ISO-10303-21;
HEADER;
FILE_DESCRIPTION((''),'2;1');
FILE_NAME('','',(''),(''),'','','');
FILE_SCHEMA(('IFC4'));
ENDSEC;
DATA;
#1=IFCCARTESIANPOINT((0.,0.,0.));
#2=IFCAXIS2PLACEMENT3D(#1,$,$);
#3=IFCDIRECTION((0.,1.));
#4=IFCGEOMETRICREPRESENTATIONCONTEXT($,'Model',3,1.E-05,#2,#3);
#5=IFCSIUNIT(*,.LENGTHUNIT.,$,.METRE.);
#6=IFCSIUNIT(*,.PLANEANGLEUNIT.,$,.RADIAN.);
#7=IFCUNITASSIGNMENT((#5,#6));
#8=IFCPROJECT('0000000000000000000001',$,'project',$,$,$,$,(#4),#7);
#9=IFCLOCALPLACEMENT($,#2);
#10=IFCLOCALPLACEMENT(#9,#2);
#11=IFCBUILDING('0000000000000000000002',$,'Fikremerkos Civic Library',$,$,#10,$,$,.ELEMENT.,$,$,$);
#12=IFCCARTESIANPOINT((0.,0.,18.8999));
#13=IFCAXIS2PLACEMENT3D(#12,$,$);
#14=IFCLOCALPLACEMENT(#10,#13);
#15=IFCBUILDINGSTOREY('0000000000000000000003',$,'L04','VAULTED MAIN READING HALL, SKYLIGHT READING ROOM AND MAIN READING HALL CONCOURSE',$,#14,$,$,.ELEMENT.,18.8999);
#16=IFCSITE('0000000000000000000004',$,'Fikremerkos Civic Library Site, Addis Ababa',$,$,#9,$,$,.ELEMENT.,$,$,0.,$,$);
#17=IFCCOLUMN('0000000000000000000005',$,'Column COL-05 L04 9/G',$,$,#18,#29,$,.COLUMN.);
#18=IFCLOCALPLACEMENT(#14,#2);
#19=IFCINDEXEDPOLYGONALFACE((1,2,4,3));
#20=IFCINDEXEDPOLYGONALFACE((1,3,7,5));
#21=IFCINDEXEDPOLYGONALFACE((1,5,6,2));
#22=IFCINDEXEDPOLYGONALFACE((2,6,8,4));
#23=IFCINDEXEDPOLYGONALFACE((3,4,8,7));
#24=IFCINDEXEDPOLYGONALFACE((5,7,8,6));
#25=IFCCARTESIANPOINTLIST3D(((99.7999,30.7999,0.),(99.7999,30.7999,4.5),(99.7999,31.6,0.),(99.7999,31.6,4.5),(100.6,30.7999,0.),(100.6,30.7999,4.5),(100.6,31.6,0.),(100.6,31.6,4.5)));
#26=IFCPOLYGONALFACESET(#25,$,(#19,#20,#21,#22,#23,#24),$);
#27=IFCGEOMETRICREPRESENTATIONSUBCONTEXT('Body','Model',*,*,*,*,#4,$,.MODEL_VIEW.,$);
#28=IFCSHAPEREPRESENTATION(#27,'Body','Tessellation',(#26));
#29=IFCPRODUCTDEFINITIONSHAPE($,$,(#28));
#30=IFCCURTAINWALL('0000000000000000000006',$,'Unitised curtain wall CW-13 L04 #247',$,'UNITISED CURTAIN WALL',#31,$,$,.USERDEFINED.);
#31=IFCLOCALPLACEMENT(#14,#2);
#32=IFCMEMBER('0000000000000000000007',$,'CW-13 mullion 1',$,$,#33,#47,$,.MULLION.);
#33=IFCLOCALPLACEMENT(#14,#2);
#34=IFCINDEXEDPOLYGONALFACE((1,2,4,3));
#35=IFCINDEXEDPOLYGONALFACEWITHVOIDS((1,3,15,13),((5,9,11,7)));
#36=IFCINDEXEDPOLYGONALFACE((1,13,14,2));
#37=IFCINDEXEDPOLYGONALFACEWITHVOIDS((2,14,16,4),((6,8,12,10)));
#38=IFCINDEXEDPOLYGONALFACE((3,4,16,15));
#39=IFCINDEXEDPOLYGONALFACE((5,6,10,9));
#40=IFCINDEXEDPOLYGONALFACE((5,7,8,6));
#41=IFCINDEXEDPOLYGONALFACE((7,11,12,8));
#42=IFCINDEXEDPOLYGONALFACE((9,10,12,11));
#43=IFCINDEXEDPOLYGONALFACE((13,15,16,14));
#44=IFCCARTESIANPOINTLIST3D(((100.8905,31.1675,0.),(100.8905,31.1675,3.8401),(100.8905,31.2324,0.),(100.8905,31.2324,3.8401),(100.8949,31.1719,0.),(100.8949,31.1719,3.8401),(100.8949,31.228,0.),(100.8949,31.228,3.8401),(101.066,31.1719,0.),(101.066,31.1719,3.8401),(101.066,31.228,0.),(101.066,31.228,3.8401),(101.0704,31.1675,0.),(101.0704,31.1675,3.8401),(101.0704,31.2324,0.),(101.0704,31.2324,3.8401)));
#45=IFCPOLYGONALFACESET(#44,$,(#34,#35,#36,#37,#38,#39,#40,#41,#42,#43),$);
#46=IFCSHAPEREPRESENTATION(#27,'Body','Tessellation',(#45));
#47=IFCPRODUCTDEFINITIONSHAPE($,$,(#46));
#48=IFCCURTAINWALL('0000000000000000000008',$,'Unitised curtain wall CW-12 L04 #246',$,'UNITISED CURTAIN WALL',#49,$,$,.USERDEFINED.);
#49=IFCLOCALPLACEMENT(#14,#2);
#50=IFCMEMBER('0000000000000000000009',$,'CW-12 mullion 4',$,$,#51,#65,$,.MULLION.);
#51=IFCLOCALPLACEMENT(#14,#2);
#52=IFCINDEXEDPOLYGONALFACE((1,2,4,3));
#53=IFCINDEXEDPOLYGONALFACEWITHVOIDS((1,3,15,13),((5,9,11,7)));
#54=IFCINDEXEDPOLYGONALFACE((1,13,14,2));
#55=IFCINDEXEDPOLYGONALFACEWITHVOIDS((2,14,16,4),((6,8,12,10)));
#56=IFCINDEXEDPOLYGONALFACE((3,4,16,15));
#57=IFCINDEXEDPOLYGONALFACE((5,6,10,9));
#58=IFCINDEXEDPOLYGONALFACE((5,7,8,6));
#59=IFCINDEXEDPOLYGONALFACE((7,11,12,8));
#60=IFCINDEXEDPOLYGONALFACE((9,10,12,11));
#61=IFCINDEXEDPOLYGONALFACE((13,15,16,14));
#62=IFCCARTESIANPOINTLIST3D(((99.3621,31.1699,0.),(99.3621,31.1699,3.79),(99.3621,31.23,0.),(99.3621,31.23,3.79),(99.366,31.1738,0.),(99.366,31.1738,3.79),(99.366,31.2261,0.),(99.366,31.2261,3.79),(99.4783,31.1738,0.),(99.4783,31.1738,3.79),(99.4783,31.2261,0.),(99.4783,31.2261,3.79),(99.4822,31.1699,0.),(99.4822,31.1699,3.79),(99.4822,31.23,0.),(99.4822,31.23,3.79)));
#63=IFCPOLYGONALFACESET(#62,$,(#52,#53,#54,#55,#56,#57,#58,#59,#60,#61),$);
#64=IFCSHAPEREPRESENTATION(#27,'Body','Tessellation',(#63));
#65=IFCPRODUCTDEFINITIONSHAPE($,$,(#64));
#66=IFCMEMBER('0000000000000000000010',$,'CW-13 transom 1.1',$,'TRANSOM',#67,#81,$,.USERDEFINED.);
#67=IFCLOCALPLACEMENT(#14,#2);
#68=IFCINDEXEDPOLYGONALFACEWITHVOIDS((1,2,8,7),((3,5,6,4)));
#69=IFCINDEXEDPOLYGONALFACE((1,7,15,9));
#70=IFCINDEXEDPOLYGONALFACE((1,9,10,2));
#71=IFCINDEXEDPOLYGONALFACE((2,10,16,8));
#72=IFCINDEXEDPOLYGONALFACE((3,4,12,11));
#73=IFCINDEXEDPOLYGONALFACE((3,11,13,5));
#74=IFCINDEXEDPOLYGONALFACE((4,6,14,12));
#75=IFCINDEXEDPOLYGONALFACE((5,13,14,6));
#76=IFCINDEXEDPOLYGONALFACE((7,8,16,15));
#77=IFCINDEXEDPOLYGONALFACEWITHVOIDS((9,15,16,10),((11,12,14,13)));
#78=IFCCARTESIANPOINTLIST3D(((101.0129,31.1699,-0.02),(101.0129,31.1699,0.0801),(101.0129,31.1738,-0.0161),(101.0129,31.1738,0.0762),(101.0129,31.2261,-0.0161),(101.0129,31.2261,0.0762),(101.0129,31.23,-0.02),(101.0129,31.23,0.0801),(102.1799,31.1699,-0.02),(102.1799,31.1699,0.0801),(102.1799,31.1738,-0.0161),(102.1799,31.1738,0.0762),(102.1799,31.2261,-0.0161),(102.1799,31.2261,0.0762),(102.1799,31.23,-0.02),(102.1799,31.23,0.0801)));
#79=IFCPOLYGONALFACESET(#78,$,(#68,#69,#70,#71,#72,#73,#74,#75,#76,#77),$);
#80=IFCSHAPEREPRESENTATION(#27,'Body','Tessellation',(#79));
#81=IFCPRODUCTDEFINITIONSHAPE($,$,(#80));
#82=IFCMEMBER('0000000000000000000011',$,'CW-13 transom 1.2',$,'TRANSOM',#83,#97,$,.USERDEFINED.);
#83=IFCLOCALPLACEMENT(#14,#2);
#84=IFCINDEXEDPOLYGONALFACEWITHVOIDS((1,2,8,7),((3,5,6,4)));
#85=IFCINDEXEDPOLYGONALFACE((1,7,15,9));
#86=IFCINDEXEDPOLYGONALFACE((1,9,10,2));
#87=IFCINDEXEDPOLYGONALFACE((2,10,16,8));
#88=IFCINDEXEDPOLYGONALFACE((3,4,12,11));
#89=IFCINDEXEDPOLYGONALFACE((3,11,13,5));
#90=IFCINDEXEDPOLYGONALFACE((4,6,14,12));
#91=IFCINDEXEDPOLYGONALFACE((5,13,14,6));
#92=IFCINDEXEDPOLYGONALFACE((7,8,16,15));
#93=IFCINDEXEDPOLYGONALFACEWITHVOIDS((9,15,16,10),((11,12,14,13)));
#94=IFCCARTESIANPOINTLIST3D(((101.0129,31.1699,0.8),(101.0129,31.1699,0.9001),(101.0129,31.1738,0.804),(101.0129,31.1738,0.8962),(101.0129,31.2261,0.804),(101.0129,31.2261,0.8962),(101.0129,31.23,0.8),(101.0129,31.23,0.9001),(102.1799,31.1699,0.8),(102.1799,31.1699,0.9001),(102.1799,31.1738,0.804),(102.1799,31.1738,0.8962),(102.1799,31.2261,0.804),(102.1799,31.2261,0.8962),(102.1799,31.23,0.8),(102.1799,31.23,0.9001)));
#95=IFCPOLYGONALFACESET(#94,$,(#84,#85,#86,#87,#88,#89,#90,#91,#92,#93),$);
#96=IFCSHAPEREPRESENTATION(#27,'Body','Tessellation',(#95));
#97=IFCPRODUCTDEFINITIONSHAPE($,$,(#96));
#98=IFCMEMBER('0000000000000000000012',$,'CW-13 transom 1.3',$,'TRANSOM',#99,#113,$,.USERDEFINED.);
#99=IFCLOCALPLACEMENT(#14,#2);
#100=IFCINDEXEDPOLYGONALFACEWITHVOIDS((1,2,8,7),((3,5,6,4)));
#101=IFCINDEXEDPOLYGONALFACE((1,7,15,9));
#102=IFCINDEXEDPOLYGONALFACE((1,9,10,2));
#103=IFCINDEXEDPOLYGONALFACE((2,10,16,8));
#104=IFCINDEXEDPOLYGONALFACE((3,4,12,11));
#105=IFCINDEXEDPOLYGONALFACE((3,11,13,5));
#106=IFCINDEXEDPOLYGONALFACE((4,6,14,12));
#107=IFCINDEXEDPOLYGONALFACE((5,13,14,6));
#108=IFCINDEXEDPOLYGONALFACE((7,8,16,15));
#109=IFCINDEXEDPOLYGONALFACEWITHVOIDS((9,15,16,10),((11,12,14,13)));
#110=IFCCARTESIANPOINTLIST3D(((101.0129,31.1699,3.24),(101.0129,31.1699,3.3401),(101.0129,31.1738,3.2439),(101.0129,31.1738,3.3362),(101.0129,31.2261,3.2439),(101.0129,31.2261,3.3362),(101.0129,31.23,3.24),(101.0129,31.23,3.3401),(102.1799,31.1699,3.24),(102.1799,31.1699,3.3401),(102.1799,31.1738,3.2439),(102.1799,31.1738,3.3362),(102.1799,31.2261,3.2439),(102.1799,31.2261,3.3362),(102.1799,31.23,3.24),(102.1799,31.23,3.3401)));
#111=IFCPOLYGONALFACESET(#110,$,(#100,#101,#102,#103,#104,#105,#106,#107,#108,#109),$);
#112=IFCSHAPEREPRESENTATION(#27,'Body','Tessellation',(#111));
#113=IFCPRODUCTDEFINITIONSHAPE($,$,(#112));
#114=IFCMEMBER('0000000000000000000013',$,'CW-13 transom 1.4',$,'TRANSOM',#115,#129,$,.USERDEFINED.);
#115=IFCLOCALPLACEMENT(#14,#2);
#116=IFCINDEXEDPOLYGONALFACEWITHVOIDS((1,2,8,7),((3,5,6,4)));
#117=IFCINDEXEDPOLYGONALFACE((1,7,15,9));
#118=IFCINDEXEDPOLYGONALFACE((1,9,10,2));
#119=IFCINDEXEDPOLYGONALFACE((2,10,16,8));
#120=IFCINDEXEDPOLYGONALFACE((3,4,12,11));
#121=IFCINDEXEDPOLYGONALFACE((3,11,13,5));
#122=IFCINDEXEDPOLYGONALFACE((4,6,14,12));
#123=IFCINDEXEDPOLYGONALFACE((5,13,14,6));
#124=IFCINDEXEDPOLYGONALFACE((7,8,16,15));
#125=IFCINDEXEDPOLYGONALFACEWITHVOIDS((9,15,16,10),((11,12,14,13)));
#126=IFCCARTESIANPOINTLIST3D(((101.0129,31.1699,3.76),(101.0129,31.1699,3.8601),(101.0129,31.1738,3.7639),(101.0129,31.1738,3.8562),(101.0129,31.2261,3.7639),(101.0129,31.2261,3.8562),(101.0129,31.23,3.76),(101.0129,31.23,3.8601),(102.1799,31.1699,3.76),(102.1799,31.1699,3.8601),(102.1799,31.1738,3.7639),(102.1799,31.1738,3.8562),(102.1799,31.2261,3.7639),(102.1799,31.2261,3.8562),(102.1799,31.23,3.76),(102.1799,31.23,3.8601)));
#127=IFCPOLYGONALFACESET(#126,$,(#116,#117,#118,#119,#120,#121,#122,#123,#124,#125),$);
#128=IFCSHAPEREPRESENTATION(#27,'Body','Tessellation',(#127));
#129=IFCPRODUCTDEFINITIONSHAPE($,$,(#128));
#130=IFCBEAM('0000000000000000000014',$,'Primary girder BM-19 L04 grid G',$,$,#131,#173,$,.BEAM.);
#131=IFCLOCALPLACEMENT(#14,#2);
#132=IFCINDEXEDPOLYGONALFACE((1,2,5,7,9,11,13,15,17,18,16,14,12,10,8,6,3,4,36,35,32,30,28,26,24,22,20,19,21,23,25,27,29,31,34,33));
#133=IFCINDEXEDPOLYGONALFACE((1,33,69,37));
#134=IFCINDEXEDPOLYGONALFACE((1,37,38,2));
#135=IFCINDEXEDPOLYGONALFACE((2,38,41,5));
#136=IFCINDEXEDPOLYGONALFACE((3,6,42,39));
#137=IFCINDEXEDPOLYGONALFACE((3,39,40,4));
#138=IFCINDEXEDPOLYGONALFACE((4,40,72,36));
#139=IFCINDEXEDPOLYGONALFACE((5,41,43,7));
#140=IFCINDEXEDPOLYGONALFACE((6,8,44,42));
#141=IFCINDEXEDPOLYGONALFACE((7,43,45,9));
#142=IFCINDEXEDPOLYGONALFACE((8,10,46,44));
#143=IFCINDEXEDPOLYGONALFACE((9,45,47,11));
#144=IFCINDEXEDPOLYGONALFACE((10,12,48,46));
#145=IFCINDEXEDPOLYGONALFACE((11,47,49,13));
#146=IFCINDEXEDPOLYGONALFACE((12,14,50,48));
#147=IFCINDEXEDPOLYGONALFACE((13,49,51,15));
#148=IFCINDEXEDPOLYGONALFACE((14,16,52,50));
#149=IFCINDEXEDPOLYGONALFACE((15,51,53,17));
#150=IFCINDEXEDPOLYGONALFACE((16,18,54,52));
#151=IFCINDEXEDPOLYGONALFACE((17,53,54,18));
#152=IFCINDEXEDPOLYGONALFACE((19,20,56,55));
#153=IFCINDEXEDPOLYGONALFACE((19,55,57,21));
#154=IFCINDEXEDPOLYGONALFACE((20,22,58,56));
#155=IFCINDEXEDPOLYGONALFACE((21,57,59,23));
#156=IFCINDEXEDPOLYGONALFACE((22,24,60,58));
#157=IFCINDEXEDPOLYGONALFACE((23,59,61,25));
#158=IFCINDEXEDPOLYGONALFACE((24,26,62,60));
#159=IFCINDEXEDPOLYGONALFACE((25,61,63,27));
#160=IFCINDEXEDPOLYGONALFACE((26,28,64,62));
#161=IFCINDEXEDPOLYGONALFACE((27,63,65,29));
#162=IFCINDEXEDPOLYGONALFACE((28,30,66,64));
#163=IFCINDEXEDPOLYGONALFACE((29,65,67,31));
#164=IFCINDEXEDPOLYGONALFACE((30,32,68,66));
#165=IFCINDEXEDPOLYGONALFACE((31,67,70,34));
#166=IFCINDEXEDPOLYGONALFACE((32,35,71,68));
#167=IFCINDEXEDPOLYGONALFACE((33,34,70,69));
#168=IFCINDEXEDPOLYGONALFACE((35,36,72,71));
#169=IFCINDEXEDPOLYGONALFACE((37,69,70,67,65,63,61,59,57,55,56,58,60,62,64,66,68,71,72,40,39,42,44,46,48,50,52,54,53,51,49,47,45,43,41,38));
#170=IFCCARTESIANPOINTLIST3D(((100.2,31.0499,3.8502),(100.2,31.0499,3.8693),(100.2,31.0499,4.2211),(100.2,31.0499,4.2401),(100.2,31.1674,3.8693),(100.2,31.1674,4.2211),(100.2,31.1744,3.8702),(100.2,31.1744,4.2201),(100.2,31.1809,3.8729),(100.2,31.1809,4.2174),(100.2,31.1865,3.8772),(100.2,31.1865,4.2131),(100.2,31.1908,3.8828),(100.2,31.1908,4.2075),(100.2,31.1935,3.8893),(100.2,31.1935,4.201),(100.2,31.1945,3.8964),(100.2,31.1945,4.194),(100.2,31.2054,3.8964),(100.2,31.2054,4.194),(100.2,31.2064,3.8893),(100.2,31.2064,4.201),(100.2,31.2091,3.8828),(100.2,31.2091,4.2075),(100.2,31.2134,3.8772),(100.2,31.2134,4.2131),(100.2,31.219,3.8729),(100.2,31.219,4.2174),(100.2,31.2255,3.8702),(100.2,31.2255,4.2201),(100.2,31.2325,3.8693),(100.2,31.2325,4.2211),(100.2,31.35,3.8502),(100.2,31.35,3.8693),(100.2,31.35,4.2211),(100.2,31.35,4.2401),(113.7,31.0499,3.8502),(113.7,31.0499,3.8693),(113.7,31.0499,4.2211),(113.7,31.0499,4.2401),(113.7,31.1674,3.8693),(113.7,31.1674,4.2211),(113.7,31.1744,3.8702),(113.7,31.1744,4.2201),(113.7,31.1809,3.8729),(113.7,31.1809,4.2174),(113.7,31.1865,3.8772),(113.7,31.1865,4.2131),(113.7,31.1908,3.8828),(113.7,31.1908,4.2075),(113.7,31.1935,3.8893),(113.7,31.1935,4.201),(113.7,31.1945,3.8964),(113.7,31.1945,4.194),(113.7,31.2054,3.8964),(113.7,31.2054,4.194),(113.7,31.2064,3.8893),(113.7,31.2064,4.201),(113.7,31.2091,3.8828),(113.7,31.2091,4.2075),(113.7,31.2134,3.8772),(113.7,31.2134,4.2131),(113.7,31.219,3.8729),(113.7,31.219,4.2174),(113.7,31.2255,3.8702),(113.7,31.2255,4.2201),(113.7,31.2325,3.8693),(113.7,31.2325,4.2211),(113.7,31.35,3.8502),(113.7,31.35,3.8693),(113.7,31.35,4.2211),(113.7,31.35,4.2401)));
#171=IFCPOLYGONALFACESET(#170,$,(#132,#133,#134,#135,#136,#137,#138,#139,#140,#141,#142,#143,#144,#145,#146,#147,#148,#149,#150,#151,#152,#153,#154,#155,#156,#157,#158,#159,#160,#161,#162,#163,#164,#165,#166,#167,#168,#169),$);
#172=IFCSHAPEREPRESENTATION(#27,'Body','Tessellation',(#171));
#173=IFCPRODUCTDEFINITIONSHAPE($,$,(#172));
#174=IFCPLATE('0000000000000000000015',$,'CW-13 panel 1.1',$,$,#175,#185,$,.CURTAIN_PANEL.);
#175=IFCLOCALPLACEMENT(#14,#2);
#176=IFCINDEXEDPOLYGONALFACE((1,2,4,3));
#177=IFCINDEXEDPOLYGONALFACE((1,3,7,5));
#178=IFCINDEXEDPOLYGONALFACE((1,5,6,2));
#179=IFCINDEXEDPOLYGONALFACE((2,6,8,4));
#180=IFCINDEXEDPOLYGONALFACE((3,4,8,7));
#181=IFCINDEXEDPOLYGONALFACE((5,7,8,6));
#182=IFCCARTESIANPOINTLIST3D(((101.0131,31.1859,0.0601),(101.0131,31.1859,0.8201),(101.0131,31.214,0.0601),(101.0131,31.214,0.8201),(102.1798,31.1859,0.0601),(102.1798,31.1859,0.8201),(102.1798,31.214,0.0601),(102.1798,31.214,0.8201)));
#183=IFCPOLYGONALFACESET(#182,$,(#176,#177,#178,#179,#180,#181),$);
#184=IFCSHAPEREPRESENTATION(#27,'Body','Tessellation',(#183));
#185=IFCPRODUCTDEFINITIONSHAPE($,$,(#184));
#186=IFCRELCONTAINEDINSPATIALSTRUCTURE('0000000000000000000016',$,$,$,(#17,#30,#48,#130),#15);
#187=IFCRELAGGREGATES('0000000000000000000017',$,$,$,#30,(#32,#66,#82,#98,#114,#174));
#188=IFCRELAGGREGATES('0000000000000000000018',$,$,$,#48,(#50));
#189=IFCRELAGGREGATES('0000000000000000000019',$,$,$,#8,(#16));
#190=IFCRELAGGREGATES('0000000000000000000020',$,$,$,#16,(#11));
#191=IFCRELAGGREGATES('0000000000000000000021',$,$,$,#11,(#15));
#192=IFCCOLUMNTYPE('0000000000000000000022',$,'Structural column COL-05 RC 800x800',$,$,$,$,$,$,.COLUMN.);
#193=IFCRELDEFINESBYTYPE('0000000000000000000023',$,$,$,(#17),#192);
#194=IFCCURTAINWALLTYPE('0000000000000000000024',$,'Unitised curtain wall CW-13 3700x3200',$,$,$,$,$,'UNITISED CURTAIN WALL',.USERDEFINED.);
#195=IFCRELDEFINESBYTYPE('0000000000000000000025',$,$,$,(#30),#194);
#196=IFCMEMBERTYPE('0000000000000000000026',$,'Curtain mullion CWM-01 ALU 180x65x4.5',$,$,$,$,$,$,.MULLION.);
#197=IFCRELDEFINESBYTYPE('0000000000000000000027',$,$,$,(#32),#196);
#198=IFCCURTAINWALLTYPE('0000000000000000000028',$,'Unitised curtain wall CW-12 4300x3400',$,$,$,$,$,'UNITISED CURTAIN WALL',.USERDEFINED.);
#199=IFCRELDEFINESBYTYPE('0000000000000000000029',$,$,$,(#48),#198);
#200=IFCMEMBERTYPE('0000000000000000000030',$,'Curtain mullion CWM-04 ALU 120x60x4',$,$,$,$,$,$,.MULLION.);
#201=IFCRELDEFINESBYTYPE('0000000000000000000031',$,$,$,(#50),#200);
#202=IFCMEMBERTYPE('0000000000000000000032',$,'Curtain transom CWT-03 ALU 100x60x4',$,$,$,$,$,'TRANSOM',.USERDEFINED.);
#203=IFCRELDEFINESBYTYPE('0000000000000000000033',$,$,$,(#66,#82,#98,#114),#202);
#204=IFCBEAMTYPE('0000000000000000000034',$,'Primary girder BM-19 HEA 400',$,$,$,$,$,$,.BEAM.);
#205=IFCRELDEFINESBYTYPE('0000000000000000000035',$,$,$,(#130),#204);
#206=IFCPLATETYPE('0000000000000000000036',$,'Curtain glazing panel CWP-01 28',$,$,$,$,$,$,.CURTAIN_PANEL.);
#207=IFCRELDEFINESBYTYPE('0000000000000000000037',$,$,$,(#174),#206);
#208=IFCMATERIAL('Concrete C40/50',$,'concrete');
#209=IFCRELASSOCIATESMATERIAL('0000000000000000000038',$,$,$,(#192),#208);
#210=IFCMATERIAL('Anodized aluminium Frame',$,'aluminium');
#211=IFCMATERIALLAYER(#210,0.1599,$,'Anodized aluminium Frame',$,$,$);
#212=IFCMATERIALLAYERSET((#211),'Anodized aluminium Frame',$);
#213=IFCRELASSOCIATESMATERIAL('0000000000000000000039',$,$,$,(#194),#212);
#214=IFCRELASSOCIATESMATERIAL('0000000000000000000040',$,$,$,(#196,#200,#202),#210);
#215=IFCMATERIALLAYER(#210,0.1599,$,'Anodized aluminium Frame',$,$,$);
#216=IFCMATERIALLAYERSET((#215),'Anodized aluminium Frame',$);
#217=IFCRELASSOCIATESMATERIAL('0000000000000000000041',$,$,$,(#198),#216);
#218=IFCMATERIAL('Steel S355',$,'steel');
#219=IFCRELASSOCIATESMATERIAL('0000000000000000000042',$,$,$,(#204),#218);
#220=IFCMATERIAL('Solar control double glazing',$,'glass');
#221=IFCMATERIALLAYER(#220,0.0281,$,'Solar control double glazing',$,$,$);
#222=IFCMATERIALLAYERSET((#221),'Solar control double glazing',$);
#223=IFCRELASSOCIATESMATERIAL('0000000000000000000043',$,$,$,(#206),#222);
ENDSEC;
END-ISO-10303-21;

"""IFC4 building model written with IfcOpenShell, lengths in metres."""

from ifc_helpers import new_model, si_unit, direction, frame, origin, origin_2d, place, context, subcontext, project, spatial, rectangle, hollow_rectangle, i_section, extrude, material, layer, layer_set, material_profile, profile_set, type_object, element, aggregate, save


model = new_model("IFC4")

# Units and contexts
model_context = context("Model", 3, precision=1e-05, world=origin(), true_north=direction((0.0, 1.0)))
body_context = subcontext(model_context, "Body", "Model", "MODEL_VIEW")
ifc_project = project(units=[si_unit("LENGTHUNIT", "METRE"), si_unit("PLANEANGLEUNIT", "RADIAN")], contexts=[model_context])

# Site, building, storey
site_placement = place(None, origin())
site = spatial("IfcSite", under=ifc_project, at=site_placement, Name="Fikremerkos Civic Library Site, Addis Ababa", CompositionType="ELEMENT", RefElevation=0.0)
building_placement = place(site_placement, origin())
building = spatial("IfcBuilding", under=site, at=building_placement, Name="Fikremerkos Civic Library", CompositionType="ELEMENT")
storey_placement = place(building_placement, frame((0.0, 0.0, 18.8999)))
storey = spatial("IfcBuildingStorey", under=building, at=storey_placement, Name="L04", Description="VAULTED MAIN READING HALL, SKYLIGHT READING ROOM AND MAIN READING HALL CONCOURSE", CompositionType="ELEMENT", Elevation=18.8999)

# Column
ifc_material_1 = material(Name="Concrete C40/50", Category="concrete")
ifc_material_profile_1 = material_profile(ifc_material_1, rectangle(XDim=0.8, YDim=0.8, at=origin_2d()), Name="RC 800x800")
ifc_profile_set_1 = profile_set([ifc_material_profile_1], Name="Concrete C40/50")
column_type = type_object("IfcColumnType", Name="Structural column COL-05 RC 800x800", PredefinedType="COLUMN", material=ifc_profile_set_1)
column_placement = place(storey_placement, frame((100.2, 31.2, 0.0), z_axis=(0.0, 0.0, 1.0), x_axis=(1.0, 0.0, 0.0)))
element("IfcColumn", 1, at=column_placement, inside=storey, type_object=column_type, Name="Column COL-05 L04 9/G", PredefinedType="COLUMN", context=body_context, shape_type="SweptSolid", body=[
    extrude(rectangle(XDim=0.8, YDim=0.8, at=origin_2d()), origin(), (0.0, 0.0, 1.0), 4.5),
])

# Curtain walls, members
ifc_material_2 = material(Name="Anodized aluminium Frame", Category="aluminium")
ifc_layer_1 = layer(ifc_material_2, 0.1599, Name="Anodized aluminium Frame")
ifc_layer_set_1 = layer_set([ifc_layer_1], Name="Anodized aluminium Frame")
curtain_wall_type_1 = type_object("IfcCurtainWallType", Name="Unitised curtain wall CW-13 3700x3200", ElementType="UNITISED CURTAIN WALL", PredefinedType="USERDEFINED", material=ifc_layer_set_1)
curtain_wall_1_placement = place(storey_placement, origin())
curtain_wall_1 = element("IfcCurtainWall", 2, at=curtain_wall_1_placement, inside=storey, type_object=curtain_wall_type_1, Name="Unitised curtain wall CW-13 L04 #247", ObjectType="UNITISED CURTAIN WALL", PredefinedType="USERDEFINED")
ifc_material_profile_2 = material_profile(ifc_material_2, hollow_rectangle(XDim=0.0649, YDim=0.1799, WallThickness=0.0044, at=origin_2d()), Name="ALU 180x65x4.5")
ifc_profile_set_2 = profile_set([ifc_material_profile_2], Name="Anodized aluminium Frame")
member_type_1 = type_object("IfcMemberType", Name="Curtain mullion CWM-01 ALU 180x65x4.5", PredefinedType="MULLION", material=ifc_profile_set_2)
member_1_placement = place(storey_placement, frame((100.9805, 31.2, 0.0), z_axis=(0.0, 0.0, 1.0), x_axis=(0.0, 1.0, 0.0)))
member_1 = element("IfcMember", 3, at=member_1_placement, type_object=member_type_1, Name="CW-13 mullion 1", PredefinedType="MULLION", context=body_context, shape_type="SweptSolid", body=[
    extrude(hollow_rectangle(XDim=0.0649, YDim=0.1799, WallThickness=0.0044, at=origin_2d()), origin(), (0.0, 0.0, 1.0), 3.8401),
])
ifc_layer_2 = layer(ifc_material_2, 0.1599, Name="Anodized aluminium Frame")
ifc_layer_set_2 = layer_set([ifc_layer_2], Name="Anodized aluminium Frame")
curtain_wall_type_2 = type_object("IfcCurtainWallType", Name="Unitised curtain wall CW-12 4300x3400", ElementType="UNITISED CURTAIN WALL", PredefinedType="USERDEFINED", material=ifc_layer_set_2)
curtain_wall_2_placement = place(storey_placement, origin())
curtain_wall_2 = element("IfcCurtainWall", 4, at=curtain_wall_2_placement, inside=storey, type_object=curtain_wall_type_2, Name="Unitised curtain wall CW-12 L04 #246", ObjectType="UNITISED CURTAIN WALL", PredefinedType="USERDEFINED")
ifc_material_profile_3 = material_profile(ifc_material_2, hollow_rectangle(XDim=0.0601, YDim=0.1201, WallThickness=0.0039, at=origin_2d()), Name="ALU 120x60x4")
ifc_profile_set_3 = profile_set([ifc_material_profile_3], Name="Anodized aluminium Frame")
member_type_2 = type_object("IfcMemberType", Name="Curtain mullion CWM-04 ALU 120x60x4", PredefinedType="MULLION", material=ifc_profile_set_3)
member_2_placement = place(storey_placement, frame((99.4221, 31.2, 0.0), z_axis=(0.0, 0.0, 1.0), x_axis=(0.0, 1.0, 0.0)))
member_2 = element("IfcMember", 5, at=member_2_placement, type_object=member_type_2, Name="CW-12 mullion 4", PredefinedType="MULLION", context=body_context, shape_type="SweptSolid", body=[
    extrude(hollow_rectangle(XDim=0.0601, YDim=0.1201, WallThickness=0.0039, at=origin_2d()), origin(), (0.0, 0.0, 1.0), 3.79),
])

# Members
ifc_material_profile_4 = material_profile(ifc_material_2, hollow_rectangle(XDim=0.0601, YDim=0.1001, WallThickness=0.0039, at=origin_2d()), Name="ALU 100x60x4")
ifc_profile_set_4 = profile_set([ifc_material_profile_4], Name="Anodized aluminium Frame")
member_type_3 = type_object("IfcMemberType", Name="Curtain transom CWT-03 ALU 100x60x4", ElementType="TRANSOM", PredefinedType="USERDEFINED", material=ifc_profile_set_4)
member_3_placement = place(storey_placement, frame((101.0129, 31.2, 0.03), z_axis=(1.0, 0.0, 0.0), x_axis=(0.0, 1.0, 0.0)))
member_3 = element("IfcMember", 6, at=member_3_placement, type_object=member_type_3, Name="CW-13 transom 1.1", ObjectType="TRANSOM", PredefinedType="USERDEFINED", context=body_context, shape_type="SweptSolid", body=[
    extrude(hollow_rectangle(XDim=0.0601, YDim=0.1001, WallThickness=0.0039, at=origin_2d()), origin(), (0.0, 0.0, 1.0), 1.167),
])
member_4_placement = place(storey_placement, frame((101.0129, 31.2, 0.8501), z_axis=(1.0, 0.0, 0.0), x_axis=(0.0, 1.0, 0.0)))
member_4 = element("IfcMember", 7, at=member_4_placement, type_object=member_type_3, Name="CW-13 transom 1.2", ObjectType="TRANSOM", PredefinedType="USERDEFINED", context=body_context, shape_type="SweptSolid", body=[
    extrude(hollow_rectangle(XDim=0.0601, YDim=0.1001, WallThickness=0.0039, at=origin_2d()), origin(), (0.0, 0.0, 1.0), 1.167),
])
member_5_placement = place(storey_placement, frame((101.0129, 31.2, 3.29), z_axis=(1.0, 0.0, 0.0), x_axis=(0.0, 1.0, 0.0)))
member_5 = element("IfcMember", 8, at=member_5_placement, type_object=member_type_3, Name="CW-13 transom 1.3", ObjectType="TRANSOM", PredefinedType="USERDEFINED", context=body_context, shape_type="SweptSolid", body=[
    extrude(hollow_rectangle(XDim=0.0601, YDim=0.1001, WallThickness=0.0039, at=origin_2d()), origin(), (0.0, 0.0, 1.0), 1.167),
])
member_6_placement = place(storey_placement, frame((101.0129, 31.2, 3.8101), z_axis=(1.0, 0.0, 0.0), x_axis=(0.0, 1.0, 0.0)))
member_6 = element("IfcMember", 9, at=member_6_placement, type_object=member_type_3, Name="CW-13 transom 1.4", ObjectType="TRANSOM", PredefinedType="USERDEFINED", context=body_context, shape_type="SweptSolid", body=[
    extrude(hollow_rectangle(XDim=0.0601, YDim=0.1001, WallThickness=0.0039, at=origin_2d()), origin(), (0.0, 0.0, 1.0), 1.167),
])

# Beam
ifc_material_3 = material(Name="Steel S355", Category="steel")
ifc_material_profile_5 = material_profile(ifc_material_3, i_section(OverallWidth=0.3, OverallDepth=0.3899, WebThickness=0.011, FlangeThickness=0.019, FilletRadius=0.0271, at=origin_2d()), Name="HEA 400")
ifc_profile_set_5 = profile_set([ifc_material_profile_5], Name="Steel S355")
beam_type = type_object("IfcBeamType", Name="Primary girder BM-19 HEA 400", PredefinedType="BEAM", material=ifc_profile_set_5)
beam_placement = place(storey_placement, frame((100.2, 31.2, 4.0452), z_axis=(1.0, 0.0, 0.0), x_axis=(0.0, 1.0, 0.0)))
element("IfcBeam", 10, at=beam_placement, inside=storey, type_object=beam_type, Name="Primary girder BM-19 L04 grid G", PredefinedType="BEAM", context=body_context, shape_type="SweptSolid", body=[
    extrude(i_section(OverallWidth=0.3, OverallDepth=0.3899, WebThickness=0.011, FlangeThickness=0.019, FilletRadius=0.0271, at=origin_2d()), origin(), (0.0, 0.0, 1.0), 13.5),
])

# Plate
ifc_material_4 = material(Name="Solar control double glazing", Category="glass")
ifc_layer_3 = layer(ifc_material_4, 0.0281, Name="Solar control double glazing")
ifc_layer_set_3 = layer_set([ifc_layer_3], Name="Solar control double glazing")
plate_type_1 = type_object("IfcPlateType", Name="Curtain glazing panel CWP-01 28", PredefinedType="CURTAIN_PANEL", material=ifc_layer_set_3)
plate_1_placement = place(storey_placement, frame((101.5964, 31.2, 0.0601), z_axis=(0.0, 0.0, 1.0), x_axis=(1.0, 0.0, 0.0)))
plate_1 = element("IfcPlate", 11, at=plate_1_placement, type_object=plate_type_1, Name="CW-13 panel 1.1", PredefinedType="CURTAIN_PANEL", context=body_context, shape_type="SweptSolid", body=[
    extrude(rectangle(XDim=1.1667, YDim=0.0281, at=origin_2d()), origin(), (0.0, 0.0, 1.0), 0.76),
])
aggregate(curtain_wall_1, [member_1, member_3, member_4, member_5, member_6, plate_1])
aggregate(curtain_wall_2, [member_2])

save(model, "model.ifc")
